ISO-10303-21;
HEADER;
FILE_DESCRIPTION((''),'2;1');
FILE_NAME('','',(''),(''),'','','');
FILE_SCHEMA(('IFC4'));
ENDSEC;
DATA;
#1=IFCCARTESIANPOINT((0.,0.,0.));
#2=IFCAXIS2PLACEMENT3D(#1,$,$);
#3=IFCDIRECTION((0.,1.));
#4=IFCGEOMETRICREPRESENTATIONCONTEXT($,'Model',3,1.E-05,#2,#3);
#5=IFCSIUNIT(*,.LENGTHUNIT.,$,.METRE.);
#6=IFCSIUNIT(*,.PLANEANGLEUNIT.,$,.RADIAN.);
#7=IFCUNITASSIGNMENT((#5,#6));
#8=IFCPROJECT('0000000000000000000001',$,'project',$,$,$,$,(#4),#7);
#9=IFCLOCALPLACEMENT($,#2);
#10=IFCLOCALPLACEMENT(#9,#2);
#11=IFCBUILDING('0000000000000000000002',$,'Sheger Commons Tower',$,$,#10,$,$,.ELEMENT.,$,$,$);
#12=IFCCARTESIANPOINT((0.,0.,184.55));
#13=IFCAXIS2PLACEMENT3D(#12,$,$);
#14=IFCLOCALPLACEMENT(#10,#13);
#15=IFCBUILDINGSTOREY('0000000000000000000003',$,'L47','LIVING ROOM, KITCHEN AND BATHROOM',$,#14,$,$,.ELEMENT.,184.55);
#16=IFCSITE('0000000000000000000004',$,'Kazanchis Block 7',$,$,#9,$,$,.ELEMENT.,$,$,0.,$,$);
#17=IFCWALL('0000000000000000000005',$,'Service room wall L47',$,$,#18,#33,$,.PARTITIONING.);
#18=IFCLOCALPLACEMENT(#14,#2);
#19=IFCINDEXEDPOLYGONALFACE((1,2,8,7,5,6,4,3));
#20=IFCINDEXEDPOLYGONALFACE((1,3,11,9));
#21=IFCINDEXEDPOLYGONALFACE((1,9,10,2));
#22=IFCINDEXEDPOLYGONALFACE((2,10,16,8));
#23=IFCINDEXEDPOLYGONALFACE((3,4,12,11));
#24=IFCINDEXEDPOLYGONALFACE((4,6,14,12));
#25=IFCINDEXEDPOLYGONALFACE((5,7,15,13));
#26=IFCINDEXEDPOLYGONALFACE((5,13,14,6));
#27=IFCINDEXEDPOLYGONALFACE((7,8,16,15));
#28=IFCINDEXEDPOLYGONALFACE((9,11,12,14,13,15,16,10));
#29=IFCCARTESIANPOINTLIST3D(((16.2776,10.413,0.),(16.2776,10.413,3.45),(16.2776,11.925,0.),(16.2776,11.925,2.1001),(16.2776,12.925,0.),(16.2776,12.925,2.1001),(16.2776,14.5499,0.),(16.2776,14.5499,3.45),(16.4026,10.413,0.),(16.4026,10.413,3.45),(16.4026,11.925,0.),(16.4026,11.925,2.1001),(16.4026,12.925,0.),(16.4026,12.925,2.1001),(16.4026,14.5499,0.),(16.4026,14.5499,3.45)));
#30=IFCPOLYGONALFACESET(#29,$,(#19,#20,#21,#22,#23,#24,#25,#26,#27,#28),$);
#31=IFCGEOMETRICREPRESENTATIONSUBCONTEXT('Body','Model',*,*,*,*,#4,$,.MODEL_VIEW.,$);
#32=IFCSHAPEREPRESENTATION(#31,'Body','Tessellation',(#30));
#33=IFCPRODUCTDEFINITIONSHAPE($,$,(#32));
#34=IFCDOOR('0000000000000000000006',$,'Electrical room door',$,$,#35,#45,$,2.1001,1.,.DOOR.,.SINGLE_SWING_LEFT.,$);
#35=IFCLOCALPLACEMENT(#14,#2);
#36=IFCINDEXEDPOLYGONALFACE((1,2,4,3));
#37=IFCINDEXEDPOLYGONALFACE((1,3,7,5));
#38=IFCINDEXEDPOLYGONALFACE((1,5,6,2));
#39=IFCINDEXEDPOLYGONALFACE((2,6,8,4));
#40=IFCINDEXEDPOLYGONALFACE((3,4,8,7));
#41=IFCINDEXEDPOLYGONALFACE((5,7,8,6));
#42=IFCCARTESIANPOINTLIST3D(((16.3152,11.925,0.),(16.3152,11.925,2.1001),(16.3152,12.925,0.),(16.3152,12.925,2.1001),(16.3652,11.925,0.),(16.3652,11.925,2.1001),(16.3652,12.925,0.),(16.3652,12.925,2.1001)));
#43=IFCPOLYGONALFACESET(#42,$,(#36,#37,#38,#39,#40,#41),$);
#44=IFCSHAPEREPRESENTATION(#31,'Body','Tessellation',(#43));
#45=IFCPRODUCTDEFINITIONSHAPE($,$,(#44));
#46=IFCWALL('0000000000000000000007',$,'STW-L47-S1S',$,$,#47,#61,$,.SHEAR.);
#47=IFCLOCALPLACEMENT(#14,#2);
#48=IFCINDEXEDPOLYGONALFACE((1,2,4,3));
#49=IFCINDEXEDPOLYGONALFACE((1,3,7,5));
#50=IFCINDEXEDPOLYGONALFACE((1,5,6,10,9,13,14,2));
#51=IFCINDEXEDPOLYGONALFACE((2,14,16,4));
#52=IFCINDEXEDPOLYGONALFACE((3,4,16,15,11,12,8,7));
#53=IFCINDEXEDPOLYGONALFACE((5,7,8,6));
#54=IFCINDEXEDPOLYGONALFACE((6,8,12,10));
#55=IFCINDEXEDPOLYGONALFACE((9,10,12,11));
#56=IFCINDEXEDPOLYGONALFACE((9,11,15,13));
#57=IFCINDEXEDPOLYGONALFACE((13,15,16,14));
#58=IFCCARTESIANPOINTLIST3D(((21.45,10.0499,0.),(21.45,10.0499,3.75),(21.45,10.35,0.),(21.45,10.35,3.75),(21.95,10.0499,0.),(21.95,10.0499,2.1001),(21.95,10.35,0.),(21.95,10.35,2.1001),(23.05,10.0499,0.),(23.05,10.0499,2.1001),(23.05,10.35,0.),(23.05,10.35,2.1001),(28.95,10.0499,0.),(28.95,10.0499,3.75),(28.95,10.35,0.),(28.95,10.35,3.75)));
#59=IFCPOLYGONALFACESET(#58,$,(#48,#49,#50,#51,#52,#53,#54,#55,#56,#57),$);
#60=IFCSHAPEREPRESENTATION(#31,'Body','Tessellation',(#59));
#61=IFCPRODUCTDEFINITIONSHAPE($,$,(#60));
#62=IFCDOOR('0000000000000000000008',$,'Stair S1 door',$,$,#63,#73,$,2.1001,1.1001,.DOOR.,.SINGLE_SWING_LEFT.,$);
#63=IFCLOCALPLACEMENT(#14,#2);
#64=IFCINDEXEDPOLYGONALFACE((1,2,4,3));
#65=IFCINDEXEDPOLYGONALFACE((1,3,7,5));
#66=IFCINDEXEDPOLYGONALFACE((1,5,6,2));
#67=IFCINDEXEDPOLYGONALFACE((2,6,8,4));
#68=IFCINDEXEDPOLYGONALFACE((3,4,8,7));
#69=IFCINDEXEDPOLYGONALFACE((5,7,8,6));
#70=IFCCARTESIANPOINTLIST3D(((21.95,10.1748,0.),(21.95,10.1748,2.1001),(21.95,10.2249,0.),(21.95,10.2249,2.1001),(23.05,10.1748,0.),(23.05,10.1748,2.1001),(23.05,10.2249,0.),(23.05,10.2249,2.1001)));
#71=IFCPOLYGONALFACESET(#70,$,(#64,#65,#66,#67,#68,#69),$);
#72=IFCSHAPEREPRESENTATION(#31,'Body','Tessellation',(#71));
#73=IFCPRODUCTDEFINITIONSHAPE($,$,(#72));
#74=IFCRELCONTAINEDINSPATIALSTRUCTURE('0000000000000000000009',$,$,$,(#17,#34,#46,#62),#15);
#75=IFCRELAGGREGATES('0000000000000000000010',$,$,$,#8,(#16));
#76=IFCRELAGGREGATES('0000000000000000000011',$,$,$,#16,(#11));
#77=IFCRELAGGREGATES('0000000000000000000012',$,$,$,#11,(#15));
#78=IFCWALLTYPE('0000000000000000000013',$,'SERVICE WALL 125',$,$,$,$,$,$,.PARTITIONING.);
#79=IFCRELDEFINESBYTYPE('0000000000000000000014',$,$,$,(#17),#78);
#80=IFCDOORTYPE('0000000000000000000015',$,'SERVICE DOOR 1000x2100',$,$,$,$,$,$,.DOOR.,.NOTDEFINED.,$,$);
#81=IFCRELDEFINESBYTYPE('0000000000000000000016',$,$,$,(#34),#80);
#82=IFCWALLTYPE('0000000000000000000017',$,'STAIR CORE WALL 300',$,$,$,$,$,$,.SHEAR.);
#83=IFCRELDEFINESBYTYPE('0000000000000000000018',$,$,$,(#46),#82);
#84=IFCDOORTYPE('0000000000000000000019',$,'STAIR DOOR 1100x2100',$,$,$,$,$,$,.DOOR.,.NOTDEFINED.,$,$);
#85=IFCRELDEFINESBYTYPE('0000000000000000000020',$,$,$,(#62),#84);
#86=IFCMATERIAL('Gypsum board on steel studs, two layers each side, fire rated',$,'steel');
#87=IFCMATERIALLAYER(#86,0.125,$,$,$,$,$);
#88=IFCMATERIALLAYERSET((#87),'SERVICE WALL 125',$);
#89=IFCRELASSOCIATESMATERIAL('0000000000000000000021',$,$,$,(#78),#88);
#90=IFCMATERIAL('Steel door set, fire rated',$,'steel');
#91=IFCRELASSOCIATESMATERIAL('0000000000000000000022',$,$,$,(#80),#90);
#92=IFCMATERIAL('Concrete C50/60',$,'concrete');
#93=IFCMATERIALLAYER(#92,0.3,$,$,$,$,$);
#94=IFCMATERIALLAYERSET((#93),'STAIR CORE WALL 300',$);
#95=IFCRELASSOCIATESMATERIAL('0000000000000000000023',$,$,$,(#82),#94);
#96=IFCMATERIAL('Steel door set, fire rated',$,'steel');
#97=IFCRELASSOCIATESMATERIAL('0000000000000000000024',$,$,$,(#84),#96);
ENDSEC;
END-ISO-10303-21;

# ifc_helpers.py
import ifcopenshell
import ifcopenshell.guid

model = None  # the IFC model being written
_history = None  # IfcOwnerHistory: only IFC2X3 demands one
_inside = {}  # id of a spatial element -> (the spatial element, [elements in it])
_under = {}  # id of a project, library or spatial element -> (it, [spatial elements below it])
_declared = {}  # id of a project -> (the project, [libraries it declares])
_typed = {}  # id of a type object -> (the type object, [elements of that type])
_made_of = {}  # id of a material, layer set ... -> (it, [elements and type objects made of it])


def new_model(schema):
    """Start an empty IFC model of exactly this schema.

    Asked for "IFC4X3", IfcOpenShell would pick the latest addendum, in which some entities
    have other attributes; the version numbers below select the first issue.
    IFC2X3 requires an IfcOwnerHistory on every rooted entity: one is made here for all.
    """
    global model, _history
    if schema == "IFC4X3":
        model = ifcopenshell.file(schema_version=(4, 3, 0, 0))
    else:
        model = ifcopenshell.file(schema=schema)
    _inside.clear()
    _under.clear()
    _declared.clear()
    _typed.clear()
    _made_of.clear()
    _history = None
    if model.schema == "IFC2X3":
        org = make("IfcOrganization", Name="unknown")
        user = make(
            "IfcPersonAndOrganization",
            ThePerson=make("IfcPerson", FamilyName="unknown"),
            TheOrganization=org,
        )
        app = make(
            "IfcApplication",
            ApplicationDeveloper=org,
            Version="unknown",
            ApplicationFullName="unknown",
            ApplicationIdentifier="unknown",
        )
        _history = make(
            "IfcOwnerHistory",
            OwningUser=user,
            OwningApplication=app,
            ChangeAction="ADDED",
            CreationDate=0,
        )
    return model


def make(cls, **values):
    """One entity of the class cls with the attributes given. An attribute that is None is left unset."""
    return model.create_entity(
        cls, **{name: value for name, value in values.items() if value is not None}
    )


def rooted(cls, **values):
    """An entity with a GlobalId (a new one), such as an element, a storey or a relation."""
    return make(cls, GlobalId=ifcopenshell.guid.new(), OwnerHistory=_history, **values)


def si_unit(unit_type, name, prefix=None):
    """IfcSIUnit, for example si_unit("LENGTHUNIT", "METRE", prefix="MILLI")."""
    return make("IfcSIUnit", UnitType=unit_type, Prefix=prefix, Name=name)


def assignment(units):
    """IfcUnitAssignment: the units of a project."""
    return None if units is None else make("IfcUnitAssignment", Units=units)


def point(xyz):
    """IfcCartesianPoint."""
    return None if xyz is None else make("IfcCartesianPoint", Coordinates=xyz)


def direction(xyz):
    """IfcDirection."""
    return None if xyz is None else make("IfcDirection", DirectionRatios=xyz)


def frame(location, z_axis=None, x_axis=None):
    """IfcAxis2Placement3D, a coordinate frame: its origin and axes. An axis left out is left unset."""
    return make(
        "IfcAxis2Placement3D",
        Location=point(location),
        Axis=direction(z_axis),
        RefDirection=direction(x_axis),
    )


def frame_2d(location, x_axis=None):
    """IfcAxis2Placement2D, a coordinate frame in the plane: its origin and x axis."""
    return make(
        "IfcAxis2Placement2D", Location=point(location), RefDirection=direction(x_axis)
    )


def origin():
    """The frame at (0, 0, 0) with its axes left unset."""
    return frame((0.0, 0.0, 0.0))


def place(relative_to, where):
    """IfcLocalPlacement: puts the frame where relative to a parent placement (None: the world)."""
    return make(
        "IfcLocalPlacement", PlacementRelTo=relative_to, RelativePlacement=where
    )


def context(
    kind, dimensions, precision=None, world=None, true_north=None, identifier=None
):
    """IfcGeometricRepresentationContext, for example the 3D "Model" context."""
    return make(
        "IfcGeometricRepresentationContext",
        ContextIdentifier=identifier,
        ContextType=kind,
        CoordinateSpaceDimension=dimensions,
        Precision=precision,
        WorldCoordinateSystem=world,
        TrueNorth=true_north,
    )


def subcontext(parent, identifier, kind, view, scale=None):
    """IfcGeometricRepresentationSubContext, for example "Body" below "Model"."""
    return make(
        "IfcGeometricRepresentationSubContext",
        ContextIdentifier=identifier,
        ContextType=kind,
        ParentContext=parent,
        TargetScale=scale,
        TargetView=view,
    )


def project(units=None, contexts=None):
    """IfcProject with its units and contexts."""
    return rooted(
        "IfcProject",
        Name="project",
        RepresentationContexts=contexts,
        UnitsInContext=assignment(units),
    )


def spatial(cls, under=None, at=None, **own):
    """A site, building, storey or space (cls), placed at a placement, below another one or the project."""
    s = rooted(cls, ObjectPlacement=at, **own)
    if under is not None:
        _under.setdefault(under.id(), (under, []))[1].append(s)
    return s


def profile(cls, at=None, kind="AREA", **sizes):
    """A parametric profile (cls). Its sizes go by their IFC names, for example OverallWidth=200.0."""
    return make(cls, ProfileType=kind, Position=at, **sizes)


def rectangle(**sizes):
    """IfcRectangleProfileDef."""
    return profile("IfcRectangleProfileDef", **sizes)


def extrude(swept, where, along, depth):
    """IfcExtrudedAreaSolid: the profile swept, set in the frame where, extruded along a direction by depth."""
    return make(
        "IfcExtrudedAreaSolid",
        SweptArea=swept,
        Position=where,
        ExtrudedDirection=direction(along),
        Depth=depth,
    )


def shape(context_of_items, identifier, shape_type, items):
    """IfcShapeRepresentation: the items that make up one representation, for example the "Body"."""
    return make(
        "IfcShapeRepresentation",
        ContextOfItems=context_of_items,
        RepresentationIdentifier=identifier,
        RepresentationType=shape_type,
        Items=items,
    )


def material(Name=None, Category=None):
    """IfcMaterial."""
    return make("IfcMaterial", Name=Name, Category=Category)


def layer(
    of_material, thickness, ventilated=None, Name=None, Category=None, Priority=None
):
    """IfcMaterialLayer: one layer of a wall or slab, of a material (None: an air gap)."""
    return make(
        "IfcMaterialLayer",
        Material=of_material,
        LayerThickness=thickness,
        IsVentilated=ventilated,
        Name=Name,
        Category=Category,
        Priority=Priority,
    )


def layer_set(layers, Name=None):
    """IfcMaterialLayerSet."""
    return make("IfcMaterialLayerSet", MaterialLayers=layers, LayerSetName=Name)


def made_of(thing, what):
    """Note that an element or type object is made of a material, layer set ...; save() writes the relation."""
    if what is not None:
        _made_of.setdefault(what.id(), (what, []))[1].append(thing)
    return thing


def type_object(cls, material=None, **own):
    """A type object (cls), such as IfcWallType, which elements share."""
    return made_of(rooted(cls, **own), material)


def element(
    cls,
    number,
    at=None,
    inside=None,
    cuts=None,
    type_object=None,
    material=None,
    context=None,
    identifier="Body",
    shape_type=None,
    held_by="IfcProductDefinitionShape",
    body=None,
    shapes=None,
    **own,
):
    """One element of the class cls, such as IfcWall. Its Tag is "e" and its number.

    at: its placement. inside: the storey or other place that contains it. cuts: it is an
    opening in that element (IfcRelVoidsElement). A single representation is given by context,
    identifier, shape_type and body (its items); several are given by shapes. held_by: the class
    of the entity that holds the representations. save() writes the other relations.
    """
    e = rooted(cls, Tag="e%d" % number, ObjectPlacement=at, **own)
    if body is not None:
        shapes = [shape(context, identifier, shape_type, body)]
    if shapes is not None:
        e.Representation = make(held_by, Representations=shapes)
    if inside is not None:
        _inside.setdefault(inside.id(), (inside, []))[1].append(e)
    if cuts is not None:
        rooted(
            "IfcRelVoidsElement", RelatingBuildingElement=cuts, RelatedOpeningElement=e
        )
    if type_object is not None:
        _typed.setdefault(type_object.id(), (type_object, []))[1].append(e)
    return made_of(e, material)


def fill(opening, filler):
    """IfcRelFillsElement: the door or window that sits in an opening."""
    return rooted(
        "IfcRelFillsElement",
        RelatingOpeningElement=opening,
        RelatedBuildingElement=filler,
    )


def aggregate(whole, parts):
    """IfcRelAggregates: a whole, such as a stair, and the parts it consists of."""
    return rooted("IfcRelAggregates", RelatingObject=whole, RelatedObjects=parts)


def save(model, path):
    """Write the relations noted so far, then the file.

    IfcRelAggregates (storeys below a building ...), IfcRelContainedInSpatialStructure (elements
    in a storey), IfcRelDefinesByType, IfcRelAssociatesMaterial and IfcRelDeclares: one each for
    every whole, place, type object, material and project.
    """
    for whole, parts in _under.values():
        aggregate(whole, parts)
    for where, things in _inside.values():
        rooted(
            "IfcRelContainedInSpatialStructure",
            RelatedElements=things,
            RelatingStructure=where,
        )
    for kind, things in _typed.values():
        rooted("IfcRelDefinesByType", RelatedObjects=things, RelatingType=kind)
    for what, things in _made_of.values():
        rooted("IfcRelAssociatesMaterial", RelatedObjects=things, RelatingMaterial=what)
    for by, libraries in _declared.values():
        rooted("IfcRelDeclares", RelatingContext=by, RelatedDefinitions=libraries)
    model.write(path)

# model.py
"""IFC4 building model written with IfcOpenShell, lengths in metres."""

from ifc_helpers import new_model, si_unit, direction, frame, frame_2d, origin, place, context, subcontext, project, spatial, rectangle, extrude, material, layer, layer_set, type_object, element, fill, save


model = new_model("IFC4")

# Units and contexts
model_context = context("Model", 3, precision=1e-05, world=origin(), true_north=direction((0.0, 1.0)))
body_context = subcontext(model_context, "Body", "Model", "MODEL_VIEW")
ifc_project = project(units=[si_unit("LENGTHUNIT", "METRE"), si_unit("PLANEANGLEUNIT", "RADIAN")], contexts=[model_context])

# Site, building, storey
site_placement = place(None, origin())
site = spatial("IfcSite", under=ifc_project, at=site_placement, Name="Kazanchis Block 7", CompositionType="ELEMENT", RefElevation=0.0)
building_placement = place(site_placement, origin())
building = spatial("IfcBuilding", under=site, at=building_placement, Name="Sheger Commons Tower", CompositionType="ELEMENT")
storey_placement = place(building_placement, frame((0.0, 0.0, 184.55)))
storey = spatial("IfcBuildingStorey", under=building, at=storey_placement, Name="L47", Description="LIVING ROOM, KITCHEN AND BATHROOM", CompositionType="ELEMENT", Elevation=184.55)

# Shared definitions
ifc_material_1 = material(Name="Gypsum board on steel studs, two layers each side, fire rated", Category="steel")
ifc_layer_1 = layer(ifc_material_1, 0.125)
ifc_layer_set_1 = layer_set([ifc_layer_1], Name="SERVICE WALL 125")
wall_type_1 = type_object("IfcWallType", Name="SERVICE WALL 125", PredefinedType="PARTITIONING", material=ifc_layer_set_1)
ifc_material_2 = material(Name="Steel door set, fire rated", Category="steel")
door_type_1 = type_object("IfcDoorType", Name="SERVICE DOOR 1000x2100", OperationType="NOTDEFINED", PredefinedType="DOOR", material=ifc_material_2)

# Walls, openings, doors
wall_1_placement = place(storey_placement, frame((16.3401, 10.4131, 0.0), z_axis=(0.0, 0.0, 1.0), x_axis=(0.0, 1.0, 0.0)))
wall_1 = element("IfcWall", 1, at=wall_1_placement, inside=storey, type_object=wall_type_1, Name="Service room wall L47", PredefinedType="PARTITIONING", context=body_context, shape_type="SweptSolid", body=[
    extrude(rectangle(XDim=4.137, YDim=0.125, at=frame_2d((2.0684, 0.0))), origin(), (0.0, 0.0, 1.0), 3.45),
])
opening_1_placement = place(wall_1_placement, frame((1.512, 0.0, 0.0)))
opening_1 = element("IfcOpeningElement", 2, at=opening_1_placement, cuts=wall_1, PredefinedType="OPENING", context=body_context, shape_type="SweptSolid", body=[
    extrude(rectangle(XDim=1.0, YDim=2.1001, at=frame_2d((0.5, 1.05))), frame((0.0, 0.0725, 0.0), z_axis=(0.0, -1.0, 0.0), x_axis=(1.0, 0.0, 0.0)), (0.0, 0.0, 1.0), 0.145),
])
door_1_placement = place(opening_1_placement, origin())
door_1 = element("IfcDoor", 3, at=door_1_placement, inside=storey, type_object=door_type_1, Name="Electrical room door", OperationType="SINGLE_SWING_LEFT", OverallHeight=2.1001, OverallWidth=1.0, PredefinedType="DOOR", context=body_context, shape_type="SweptSolid", body=[
    extrude(rectangle(XDim=1.0, YDim=2.1001, at=frame_2d((0.5, 1.05))), frame((0.0, 0.0249, 0.0), z_axis=(0.0, -1.0, 0.0), x_axis=(1.0, 0.0, 0.0)), (0.0, 0.0, 1.0), 0.05),
])
fill(opening_1, door_1)
ifc_material_3 = material(Name="Concrete C50/60", Category="concrete")
ifc_layer_2 = layer(ifc_material_3, 0.3)
ifc_layer_set_2 = layer_set([ifc_layer_2], Name="STAIR CORE WALL 300")
wall_type_2 = type_object("IfcWallType", Name="STAIR CORE WALL 300", PredefinedType="SHEAR", material=ifc_layer_set_2)
wall_2_placement = place(storey_placement, frame((21.45, 10.2, 0.0), z_axis=(0.0, 0.0, 1.0), x_axis=(1.0, 0.0, 0.0)))
wall_2 = element("IfcWall", 4, at=wall_2_placement, inside=storey, type_object=wall_type_2, Name="STW-L47-S1S", PredefinedType="SHEAR", context=body_context, shape_type="SweptSolid", body=[
    extrude(rectangle(XDim=7.5, YDim=0.3, at=frame_2d((3.75, 0.0))), origin(), (0.0, 0.0, 1.0), 3.75),
])
opening_2_placement = place(wall_2_placement, frame((0.5, 0.0, 0.0)))
opening_2 = element("IfcOpeningElement", 5, at=opening_2_placement, cuts=wall_2, PredefinedType="OPENING", context=body_context, shape_type="SweptSolid", body=[
    extrude(rectangle(XDim=1.1001, YDim=2.1001, at=frame_2d((0.55, 1.05))), frame((0.0, 0.1599, 0.0), z_axis=(0.0, -1.0, 0.0), x_axis=(1.0, 0.0, 0.0)), (0.0, 0.0, 1.0), 0.3201),
])
ifc_material_4 = material(Name="Steel door set, fire rated", Category="steel")
door_type_2 = type_object("IfcDoorType", Name="STAIR DOOR 1100x2100", OperationType="NOTDEFINED", PredefinedType="DOOR", material=ifc_material_4)
door_2_placement = place(opening_2_placement, origin())
door_2 = element("IfcDoor", 6, at=door_2_placement, inside=storey, type_object=door_type_2, Name="Stair S1 door", OperationType="SINGLE_SWING_LEFT", OverallHeight=2.1001, OverallWidth=1.1001, PredefinedType="DOOR", context=body_context, shape_type="SweptSolid", body=[
    extrude(rectangle(XDim=1.1001, YDim=2.1001, at=frame_2d((0.55, 1.05))), frame((0.0, 0.0249, 0.0), z_axis=(0.0, -1.0, 0.0), x_axis=(1.0, 0.0, 0.0)), (0.0, 0.0, 1.0), 0.05),
])
fill(opening_2, door_2)

save(model, "model.ifc")
